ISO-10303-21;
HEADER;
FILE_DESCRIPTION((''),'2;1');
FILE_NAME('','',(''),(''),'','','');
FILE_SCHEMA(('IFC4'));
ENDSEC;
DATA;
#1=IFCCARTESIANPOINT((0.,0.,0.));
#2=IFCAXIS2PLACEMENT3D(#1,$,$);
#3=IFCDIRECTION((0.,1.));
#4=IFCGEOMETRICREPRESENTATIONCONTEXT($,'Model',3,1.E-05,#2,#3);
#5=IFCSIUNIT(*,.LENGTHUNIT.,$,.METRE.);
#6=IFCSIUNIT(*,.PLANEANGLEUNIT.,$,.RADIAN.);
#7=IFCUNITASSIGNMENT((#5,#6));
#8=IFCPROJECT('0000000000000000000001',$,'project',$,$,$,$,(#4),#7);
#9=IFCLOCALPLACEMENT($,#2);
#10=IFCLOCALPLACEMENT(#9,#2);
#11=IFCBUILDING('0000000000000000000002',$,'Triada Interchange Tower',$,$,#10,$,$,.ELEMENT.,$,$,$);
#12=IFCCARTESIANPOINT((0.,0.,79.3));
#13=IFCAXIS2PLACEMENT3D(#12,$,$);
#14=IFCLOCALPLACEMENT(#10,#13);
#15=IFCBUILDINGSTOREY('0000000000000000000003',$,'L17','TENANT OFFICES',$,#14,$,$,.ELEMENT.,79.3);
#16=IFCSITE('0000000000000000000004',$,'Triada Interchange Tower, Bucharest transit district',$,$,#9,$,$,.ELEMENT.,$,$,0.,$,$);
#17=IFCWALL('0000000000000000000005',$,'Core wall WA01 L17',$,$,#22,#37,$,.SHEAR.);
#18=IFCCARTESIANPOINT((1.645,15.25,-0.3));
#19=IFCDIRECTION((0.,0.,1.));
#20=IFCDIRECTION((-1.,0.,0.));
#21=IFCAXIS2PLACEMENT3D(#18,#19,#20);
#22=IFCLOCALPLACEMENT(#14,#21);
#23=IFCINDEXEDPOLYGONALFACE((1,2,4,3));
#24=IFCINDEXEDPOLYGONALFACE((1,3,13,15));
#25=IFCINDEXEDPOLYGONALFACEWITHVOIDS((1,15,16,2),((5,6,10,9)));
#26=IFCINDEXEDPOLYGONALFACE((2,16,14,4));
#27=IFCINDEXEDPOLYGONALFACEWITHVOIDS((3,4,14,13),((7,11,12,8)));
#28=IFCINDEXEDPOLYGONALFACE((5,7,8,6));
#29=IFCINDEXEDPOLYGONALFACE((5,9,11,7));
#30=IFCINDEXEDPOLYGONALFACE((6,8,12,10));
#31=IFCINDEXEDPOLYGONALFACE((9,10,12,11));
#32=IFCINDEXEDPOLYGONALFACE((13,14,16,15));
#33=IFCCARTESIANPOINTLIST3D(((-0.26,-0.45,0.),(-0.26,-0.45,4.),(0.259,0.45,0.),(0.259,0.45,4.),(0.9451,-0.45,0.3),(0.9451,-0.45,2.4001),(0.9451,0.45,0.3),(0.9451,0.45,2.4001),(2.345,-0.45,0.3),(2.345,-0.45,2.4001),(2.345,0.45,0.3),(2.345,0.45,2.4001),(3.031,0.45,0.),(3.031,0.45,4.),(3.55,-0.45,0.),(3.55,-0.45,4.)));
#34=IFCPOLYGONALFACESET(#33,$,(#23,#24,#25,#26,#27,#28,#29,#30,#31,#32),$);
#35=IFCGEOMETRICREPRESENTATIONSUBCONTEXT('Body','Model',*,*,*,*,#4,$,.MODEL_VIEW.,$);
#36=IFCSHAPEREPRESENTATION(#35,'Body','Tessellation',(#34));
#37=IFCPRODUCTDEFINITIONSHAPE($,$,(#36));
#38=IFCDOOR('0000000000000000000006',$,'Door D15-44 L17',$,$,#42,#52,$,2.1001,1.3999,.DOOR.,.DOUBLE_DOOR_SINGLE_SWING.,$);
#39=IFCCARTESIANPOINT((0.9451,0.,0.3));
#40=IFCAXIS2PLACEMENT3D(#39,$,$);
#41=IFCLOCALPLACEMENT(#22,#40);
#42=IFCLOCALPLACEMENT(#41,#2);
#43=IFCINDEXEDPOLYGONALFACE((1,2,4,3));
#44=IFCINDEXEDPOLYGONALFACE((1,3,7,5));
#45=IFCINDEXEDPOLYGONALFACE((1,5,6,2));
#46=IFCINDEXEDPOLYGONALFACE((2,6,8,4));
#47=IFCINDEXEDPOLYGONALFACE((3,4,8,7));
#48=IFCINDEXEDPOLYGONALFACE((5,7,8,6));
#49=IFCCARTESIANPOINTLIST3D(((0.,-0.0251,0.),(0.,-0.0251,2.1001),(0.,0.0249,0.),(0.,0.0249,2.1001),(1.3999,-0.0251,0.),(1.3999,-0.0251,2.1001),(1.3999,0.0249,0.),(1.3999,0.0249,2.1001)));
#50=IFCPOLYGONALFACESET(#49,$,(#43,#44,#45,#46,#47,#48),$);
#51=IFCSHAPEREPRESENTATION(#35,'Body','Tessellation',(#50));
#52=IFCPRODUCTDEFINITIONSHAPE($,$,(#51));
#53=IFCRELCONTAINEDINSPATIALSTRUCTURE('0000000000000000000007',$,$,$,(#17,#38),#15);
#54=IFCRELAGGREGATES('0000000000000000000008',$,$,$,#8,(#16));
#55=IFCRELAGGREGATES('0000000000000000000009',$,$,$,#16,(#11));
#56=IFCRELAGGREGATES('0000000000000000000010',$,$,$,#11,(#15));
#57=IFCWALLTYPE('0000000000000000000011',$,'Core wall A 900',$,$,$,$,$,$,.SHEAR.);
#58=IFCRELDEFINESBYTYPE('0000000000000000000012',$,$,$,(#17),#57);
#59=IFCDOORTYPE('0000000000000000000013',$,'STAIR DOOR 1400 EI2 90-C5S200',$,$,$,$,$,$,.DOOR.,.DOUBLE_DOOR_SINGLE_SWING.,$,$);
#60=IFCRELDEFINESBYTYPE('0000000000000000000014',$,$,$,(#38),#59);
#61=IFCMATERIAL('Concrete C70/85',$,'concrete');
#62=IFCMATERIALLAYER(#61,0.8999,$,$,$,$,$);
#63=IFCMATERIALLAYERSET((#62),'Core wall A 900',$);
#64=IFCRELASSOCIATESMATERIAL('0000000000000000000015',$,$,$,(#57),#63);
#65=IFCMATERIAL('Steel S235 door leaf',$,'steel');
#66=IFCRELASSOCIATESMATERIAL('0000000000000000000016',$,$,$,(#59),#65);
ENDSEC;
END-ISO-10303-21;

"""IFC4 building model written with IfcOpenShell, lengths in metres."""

from ifc_helpers import new_model, si_unit, direction, frame, frame_2d, origin, place, context, subcontext, project, spatial, polyline, rectangle, outline, extrude, material, layer, layer_set, type_object, element, fill, save


model = new_model("IFC4")

# Units and contexts
model_context = context("Model", 3, precision=1e-05, world=origin(), true_north=direction((0.0, 1.0)))
body_context = subcontext(model_context, "Body", "Model", "MODEL_VIEW")
ifc_project = project(units=[si_unit("LENGTHUNIT", "METRE"), si_unit("PLANEANGLEUNIT", "RADIAN")], contexts=[model_context])

# Site, building, storey
site_placement = place(None, origin())
site = spatial("IfcSite", under=ifc_project, at=site_placement, Name="Triada Interchange Tower, Bucharest transit district", CompositionType="ELEMENT", RefElevation=0.0)
building_placement = place(site_placement, origin())
building = spatial("IfcBuilding", under=site, at=building_placement, Name="Triada Interchange Tower", CompositionType="ELEMENT")
storey_placement = place(building_placement, frame((0.0, 0.0, 79.3)))
storey = spatial("IfcBuildingStorey", under=building, at=storey_placement, Name="L17", Description="TENANT OFFICES", CompositionType="ELEMENT", Elevation=79.3)

# Shared definitions
ifc_material_1 = material(Name="Concrete C70/85", Category="concrete")

# Wall, opening, door
ifc_layer_1 = layer(ifc_material_1, 0.8999)
ifc_layer_set_1 = layer_set([ifc_layer_1], Name="Core wall A 900")
wall_type_1 = type_object("IfcWallType", Name="Core wall A 900", PredefinedType="SHEAR", material=ifc_layer_set_1)
wall_1_placement = place(storey_placement, frame((1.645, 15.25, -0.3), z_axis=(0.0, 0.0, 1.0), x_axis=(-1.0, 0.0, 0.0)))
wall_1 = element("IfcWall", 1, at=wall_1_placement, inside=storey, type_object=wall_type_1, Name="Core wall WA01 L17", PredefinedType="SHEAR", context=body_context, shape_type="SweptSolid", body=[
    extrude(outline(polyline([(-0.26, -0.45), (1.645, -0.45), (3.55, -0.45), (3.031, 0.45), (1.645, 0.45), (0.259, 0.45), (-0.26, -0.45)])), origin(), (0.0, 0.0, 1.0), 4.0),
])
opening_1_placement = place(wall_1_placement, frame((0.9451, 0.0, 0.3)))
opening_1 = element("IfcOpeningElement", 2, at=opening_1_placement, cuts=wall_1, PredefinedType="OPENING", context=body_context, shape_type="SweptSolid", body=[
    extrude(rectangle(XDim=1.3999, YDim=2.1001, at=frame_2d((0.7, 1.05))), frame((0.0, 0.46, 0.0), z_axis=(0.0, -1.0, 0.0), x_axis=(1.0, 0.0, 0.0)), (0.0, 0.0, 1.0), 0.9199),
])
ifc_material_2 = material(Name="Steel S235 door leaf", Category="steel")
door_type_1 = type_object("IfcDoorType", Name="STAIR DOOR 1400 EI2 90-C5S200", OperationType="DOUBLE_DOOR_SINGLE_SWING", PredefinedType="DOOR", material=ifc_material_2)
door_1_placement = place(opening_1_placement, origin())
door_1 = element("IfcDoor", 3, at=door_1_placement, inside=storey, type_object=door_type_1, Name="Door D15-44 L17", OperationType="DOUBLE_DOOR_SINGLE_SWING", OverallHeight=2.1001, OverallWidth=1.3999, PredefinedType="DOOR", context=body_context, shape_type="SweptSolid", body=[
    extrude(rectangle(XDim=1.3999, YDim=2.1001, at=frame_2d((0.7, 1.05))), frame((0.0, 0.0249, 0.0), z_axis=(0.0, -1.0, 0.0), x_axis=(1.0, 0.0, 0.0)), (0.0, 0.0, 1.0), 0.05),
])
fill(opening_1, door_1)

save(model, "model.ifc")
